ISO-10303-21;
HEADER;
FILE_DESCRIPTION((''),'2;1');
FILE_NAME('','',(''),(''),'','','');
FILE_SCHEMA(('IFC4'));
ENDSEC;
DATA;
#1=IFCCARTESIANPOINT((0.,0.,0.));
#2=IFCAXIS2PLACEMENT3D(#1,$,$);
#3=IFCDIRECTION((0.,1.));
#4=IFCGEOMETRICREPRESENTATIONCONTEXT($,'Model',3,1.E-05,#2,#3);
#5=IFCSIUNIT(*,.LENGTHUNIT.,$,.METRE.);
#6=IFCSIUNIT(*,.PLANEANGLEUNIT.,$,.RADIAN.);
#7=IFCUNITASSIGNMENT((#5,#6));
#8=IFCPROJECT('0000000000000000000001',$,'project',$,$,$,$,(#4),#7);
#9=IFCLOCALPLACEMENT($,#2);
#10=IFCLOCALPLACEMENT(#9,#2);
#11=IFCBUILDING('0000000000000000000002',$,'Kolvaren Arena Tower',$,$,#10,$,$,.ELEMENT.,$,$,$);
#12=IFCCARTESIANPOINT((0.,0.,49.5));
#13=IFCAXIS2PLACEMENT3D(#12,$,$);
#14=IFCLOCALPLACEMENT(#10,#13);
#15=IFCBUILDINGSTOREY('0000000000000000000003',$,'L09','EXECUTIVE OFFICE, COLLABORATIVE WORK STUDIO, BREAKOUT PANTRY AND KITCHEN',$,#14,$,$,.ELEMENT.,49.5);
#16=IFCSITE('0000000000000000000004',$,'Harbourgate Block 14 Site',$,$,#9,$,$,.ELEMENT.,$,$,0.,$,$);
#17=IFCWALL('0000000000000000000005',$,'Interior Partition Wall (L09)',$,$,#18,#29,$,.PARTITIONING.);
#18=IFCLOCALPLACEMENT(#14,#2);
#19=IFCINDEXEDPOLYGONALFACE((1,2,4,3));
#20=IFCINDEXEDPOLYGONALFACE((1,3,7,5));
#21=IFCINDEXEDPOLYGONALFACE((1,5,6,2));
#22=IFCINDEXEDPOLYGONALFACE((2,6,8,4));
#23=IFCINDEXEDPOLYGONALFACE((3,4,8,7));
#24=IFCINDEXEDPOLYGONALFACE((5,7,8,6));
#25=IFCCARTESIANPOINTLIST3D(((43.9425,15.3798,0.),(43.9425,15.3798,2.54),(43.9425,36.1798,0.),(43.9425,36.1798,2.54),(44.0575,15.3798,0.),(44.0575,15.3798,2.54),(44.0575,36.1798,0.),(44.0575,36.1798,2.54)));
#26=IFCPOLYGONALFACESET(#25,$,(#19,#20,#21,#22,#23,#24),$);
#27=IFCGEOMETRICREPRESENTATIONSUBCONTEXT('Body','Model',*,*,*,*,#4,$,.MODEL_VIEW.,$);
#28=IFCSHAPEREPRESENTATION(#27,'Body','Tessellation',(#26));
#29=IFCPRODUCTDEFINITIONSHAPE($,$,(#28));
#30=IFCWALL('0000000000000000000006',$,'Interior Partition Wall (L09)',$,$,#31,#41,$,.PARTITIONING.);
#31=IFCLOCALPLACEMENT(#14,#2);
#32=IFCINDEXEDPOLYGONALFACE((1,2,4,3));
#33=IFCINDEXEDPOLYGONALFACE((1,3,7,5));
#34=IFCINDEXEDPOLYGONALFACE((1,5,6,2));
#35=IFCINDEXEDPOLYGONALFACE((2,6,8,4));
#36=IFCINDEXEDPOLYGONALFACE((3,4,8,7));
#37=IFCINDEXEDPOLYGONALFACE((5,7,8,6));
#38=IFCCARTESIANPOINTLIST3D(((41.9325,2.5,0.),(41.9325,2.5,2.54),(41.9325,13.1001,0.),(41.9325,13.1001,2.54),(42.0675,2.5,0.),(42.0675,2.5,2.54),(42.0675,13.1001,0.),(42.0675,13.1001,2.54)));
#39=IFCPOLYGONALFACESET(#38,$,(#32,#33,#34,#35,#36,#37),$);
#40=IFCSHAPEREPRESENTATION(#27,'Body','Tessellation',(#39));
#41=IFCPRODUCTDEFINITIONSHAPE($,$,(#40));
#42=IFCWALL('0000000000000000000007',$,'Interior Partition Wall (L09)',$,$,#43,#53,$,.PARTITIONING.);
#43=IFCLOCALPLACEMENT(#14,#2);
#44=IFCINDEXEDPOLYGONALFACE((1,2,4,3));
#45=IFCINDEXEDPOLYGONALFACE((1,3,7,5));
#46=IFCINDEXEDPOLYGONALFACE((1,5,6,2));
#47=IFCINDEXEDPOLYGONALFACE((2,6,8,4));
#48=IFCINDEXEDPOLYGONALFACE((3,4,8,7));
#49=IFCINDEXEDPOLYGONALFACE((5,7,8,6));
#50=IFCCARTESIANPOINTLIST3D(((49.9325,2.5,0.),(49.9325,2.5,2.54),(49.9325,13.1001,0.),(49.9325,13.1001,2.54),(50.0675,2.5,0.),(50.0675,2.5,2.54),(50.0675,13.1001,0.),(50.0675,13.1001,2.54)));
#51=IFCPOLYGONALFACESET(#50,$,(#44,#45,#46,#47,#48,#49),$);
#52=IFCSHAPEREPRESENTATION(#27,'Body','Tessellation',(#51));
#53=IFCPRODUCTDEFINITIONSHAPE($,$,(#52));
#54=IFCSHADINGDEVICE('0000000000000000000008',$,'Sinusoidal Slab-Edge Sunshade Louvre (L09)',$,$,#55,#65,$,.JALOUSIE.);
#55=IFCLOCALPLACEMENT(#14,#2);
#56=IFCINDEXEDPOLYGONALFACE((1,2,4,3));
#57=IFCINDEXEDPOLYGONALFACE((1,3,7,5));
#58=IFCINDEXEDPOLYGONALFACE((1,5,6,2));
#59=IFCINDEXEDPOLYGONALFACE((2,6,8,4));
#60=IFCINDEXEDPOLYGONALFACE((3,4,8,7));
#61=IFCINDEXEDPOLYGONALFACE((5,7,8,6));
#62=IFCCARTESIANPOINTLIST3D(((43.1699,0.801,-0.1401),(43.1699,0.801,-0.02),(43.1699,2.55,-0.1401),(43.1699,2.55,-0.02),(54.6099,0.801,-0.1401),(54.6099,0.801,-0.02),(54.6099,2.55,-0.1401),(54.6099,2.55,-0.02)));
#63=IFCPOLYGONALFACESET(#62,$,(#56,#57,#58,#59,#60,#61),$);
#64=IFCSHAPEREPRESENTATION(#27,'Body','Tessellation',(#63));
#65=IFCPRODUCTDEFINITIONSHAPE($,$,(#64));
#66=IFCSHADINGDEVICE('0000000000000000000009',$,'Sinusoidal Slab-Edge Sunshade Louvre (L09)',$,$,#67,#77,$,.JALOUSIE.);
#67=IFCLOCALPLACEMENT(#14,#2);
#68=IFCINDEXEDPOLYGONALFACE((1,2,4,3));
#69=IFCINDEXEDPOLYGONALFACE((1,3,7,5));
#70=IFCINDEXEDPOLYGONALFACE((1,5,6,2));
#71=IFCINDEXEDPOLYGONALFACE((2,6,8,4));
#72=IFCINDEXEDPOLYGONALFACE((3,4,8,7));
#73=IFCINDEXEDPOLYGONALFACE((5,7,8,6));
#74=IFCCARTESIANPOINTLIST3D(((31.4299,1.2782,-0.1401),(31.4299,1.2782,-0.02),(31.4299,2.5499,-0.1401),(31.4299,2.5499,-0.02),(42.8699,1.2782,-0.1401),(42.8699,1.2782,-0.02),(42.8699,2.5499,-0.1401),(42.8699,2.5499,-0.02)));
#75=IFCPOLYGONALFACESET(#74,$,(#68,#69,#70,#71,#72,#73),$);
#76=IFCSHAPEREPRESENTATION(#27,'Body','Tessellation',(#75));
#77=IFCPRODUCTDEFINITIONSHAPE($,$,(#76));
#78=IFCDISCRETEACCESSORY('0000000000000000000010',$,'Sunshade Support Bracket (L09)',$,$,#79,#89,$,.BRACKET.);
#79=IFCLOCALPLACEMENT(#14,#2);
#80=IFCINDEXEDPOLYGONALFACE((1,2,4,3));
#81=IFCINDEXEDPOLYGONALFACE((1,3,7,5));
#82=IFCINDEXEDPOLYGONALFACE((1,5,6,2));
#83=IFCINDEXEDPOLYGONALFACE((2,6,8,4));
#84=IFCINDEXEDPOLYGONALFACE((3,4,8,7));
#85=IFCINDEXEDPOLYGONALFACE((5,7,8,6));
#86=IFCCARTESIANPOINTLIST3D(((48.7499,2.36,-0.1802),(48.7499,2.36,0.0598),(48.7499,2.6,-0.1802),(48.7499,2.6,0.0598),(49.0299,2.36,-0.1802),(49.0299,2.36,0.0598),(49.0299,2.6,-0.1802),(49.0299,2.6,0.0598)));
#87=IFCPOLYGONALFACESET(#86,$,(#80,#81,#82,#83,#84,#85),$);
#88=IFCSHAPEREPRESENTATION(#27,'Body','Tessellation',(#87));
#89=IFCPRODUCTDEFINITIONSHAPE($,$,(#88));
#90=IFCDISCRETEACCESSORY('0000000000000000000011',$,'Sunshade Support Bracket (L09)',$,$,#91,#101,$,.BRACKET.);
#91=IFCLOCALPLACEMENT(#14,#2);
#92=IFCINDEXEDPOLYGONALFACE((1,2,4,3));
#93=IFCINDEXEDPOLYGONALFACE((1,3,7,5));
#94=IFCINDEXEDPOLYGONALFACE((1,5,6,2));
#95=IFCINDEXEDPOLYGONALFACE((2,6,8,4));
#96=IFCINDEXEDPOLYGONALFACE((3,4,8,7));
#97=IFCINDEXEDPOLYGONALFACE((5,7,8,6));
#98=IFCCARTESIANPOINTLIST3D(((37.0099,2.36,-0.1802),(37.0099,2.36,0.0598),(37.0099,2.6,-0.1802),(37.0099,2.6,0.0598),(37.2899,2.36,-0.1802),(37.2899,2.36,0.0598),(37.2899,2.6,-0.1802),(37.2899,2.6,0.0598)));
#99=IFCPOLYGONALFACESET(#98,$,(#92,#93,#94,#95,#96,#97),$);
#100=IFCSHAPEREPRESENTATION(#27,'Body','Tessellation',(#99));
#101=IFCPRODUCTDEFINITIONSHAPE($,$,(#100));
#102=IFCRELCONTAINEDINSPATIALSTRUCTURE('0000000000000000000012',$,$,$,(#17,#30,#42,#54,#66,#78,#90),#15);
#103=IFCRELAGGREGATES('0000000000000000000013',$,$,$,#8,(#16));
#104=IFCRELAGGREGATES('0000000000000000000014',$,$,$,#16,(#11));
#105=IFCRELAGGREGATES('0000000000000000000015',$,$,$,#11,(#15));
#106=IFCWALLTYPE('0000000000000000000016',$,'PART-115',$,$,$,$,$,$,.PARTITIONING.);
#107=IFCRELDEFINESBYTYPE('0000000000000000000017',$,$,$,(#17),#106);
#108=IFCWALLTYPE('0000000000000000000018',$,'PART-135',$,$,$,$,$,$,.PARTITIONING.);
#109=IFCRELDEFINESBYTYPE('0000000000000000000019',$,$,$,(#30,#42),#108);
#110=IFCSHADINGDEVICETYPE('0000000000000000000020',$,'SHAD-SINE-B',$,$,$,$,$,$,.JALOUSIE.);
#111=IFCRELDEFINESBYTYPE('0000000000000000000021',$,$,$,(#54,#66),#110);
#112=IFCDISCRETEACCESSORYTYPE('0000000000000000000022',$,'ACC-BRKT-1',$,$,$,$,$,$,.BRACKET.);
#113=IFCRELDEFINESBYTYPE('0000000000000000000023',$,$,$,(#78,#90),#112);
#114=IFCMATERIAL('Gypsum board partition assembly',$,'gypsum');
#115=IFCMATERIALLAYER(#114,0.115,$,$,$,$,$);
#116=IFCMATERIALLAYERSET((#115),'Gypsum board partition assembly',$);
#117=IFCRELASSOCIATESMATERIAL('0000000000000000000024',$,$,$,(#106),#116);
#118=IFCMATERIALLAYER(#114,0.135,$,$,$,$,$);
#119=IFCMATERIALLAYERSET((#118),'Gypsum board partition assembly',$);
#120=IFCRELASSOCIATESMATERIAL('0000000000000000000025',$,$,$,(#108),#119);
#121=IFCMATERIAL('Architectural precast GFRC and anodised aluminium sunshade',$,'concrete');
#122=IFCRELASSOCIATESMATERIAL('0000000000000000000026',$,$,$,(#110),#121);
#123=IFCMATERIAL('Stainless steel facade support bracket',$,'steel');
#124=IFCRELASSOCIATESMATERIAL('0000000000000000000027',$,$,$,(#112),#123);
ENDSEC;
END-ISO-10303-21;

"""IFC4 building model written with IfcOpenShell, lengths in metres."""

from ifc_helpers import new_model, si_unit, direction, frame, frame_2d, origin, origin_2d, place, context, subcontext, project, spatial, rectangle, extrude, material, layer, layer_set, type_object, element, save


model = new_model("IFC4")

# Units and contexts
model_context = context("Model", 3, precision=1e-05, world=origin(), true_north=direction((0.0, 1.0)))
body_context = subcontext(model_context, "Body", "Model", "MODEL_VIEW")
ifc_project = project(units=[si_unit("LENGTHUNIT", "METRE"), si_unit("PLANEANGLEUNIT", "RADIAN")], contexts=[model_context])

# Site, building, storey
site_placement = place(None, origin())
site = spatial("IfcSite", under=ifc_project, at=site_placement, Name="Harbourgate Block 14 Site", CompositionType="ELEMENT", RefElevation=0.0)
building_placement = place(site_placement, origin())
building = spatial("IfcBuilding", under=site, at=building_placement, Name="Kolvaren Arena Tower", CompositionType="ELEMENT")
storey_placement = place(building_placement, frame((0.0, 0.0, 49.5)))
storey = spatial("IfcBuildingStorey", under=building, at=storey_placement, Name="L09", Description="EXECUTIVE OFFICE, COLLABORATIVE WORK STUDIO, BREAKOUT PANTRY AND KITCHEN", CompositionType="ELEMENT", Elevation=49.5)

# Walls
ifc_material_1 = material(Name="Gypsum board partition assembly", Category="gypsum")
ifc_layer_1 = layer(ifc_material_1, 0.115)
ifc_layer_set_1 = layer_set([ifc_layer_1], Name="Gypsum board partition assembly")
wall_type_1 = type_object("IfcWallType", Name="PART-115", PredefinedType="PARTITIONING", material=ifc_layer_set_1)
for number, where, z_axis, x_axis, name in (
    (1, (44.0, 15.3799, 0.0), (0.0, 0.0, 1.0), (0.0, 1.0, 0.0), "Interior Partition Wall (L09)"),
):
    element("IfcWall", number, at=place(storey_placement, frame(where, z_axis=z_axis, x_axis=x_axis)), inside=storey, type_object=wall_type_1, Name=name, PredefinedType="PARTITIONING", context=body_context, shape_type="SweptSolid", body=[
        extrude(rectangle(XDim=20.8, YDim=0.115, at=frame_2d((10.3999, 0.0))), origin(), (0.0, 0.0, 1.0), 2.54),
    ])
ifc_layer_2 = layer(ifc_material_1, 0.135)
ifc_layer_set_2 = layer_set([ifc_layer_2], Name="Gypsum board partition assembly")
wall_type_2 = type_object("IfcWallType", Name="PART-135", PredefinedType="PARTITIONING", material=ifc_layer_set_2)
for number, where, z_axis, x_axis, name in (
    (2, (42.0, 2.5, 0.0), (0.0, 0.0, 1.0), (0.0, 1.0, 0.0), "Interior Partition Wall (L09)"),
    (3, (50.0, 2.5, 0.0), (0.0, 0.0, 1.0), (0.0, 1.0, 0.0), "Interior Partition Wall (L09)"),
):
    element("IfcWall", number, at=place(storey_placement, frame(where, z_axis=z_axis, x_axis=x_axis)), inside=storey, type_object=wall_type_2, Name=name, PredefinedType="PARTITIONING", context=body_context, shape_type="SweptSolid", body=[
        extrude(rectangle(XDim=10.6001, YDim=0.135, at=frame_2d((5.3, 0.0))), origin(), (0.0, 0.0, 1.0), 2.54),
    ])

# Shading devices
ifc_material_2 = material(Name="Architectural precast GFRC and anodised aluminium sunshade", Category="concrete")
shading_device_type = type_object("IfcShadingDeviceType", Name="SHAD-SINE-B", PredefinedType="JALOUSIE", material=ifc_material_2)
shading_device_1_placement = place(storey_placement, frame((48.8899, 1.6755, -0.1401), z_axis=(0.0, 0.0, 1.0), x_axis=(-1.0, 0.0, 0.0)))
element("IfcShadingDevice", 4, at=shading_device_1_placement, inside=storey, type_object=shading_device_type, Name="Sinusoidal Slab-Edge Sunshade Louvre (L09)", PredefinedType="JALOUSIE", context=body_context, shape_type="SweptSolid", body=[
    extrude(rectangle(XDim=11.4399, YDim=1.749, at=origin_2d()), origin(), (0.0, 0.0, 1.0), 0.1201),
])
shading_device_2_placement = place(storey_placement, frame((37.1499, 1.9141, -0.1401), z_axis=(0.0, 0.0, 1.0), x_axis=(-1.0, 0.0, 0.0)))
element("IfcShadingDevice", 5, at=shading_device_2_placement, inside=storey, type_object=shading_device_type, Name="Sinusoidal Slab-Edge Sunshade Louvre (L09)", PredefinedType="JALOUSIE", context=body_context, shape_type="SweptSolid", body=[
    extrude(rectangle(XDim=11.4399, YDim=1.2717, at=origin_2d()), origin(), (0.0, 0.0, 1.0), 0.1201),
])

# Discrete accessories
ifc_material_3 = material(Name="Stainless steel facade support bracket", Category="steel")
discrete_accessory_type = type_object("IfcDiscreteAccessoryType", Name="ACC-BRKT-1", PredefinedType="BRACKET", material=ifc_material_3)
for number, where, z_axis, x_axis, name in (
    (6, (48.8899, 2.48, -0.1802), (0.0, 0.0, 1.0), (-1.0, 0.0, 0.0), "Sunshade Support Bracket (L09)"),
    (7, (37.1499, 2.48, -0.1802), (0.0, 0.0, 1.0), (-1.0, 0.0, 0.0), "Sunshade Support Bracket (L09)"),
):
    element("IfcDiscreteAccessory", number, at=place(storey_placement, frame(where, z_axis=z_axis, x_axis=x_axis)), inside=storey, type_object=discrete_accessory_type, Name=name, PredefinedType="BRACKET", context=body_context, shape_type="SweptSolid", body=[
        extrude(rectangle(XDim=0.28, YDim=0.24, at=origin_2d()), origin(), (0.0, 0.0, 1.0), 0.24),
    ])

save(model, "model.ifc")
